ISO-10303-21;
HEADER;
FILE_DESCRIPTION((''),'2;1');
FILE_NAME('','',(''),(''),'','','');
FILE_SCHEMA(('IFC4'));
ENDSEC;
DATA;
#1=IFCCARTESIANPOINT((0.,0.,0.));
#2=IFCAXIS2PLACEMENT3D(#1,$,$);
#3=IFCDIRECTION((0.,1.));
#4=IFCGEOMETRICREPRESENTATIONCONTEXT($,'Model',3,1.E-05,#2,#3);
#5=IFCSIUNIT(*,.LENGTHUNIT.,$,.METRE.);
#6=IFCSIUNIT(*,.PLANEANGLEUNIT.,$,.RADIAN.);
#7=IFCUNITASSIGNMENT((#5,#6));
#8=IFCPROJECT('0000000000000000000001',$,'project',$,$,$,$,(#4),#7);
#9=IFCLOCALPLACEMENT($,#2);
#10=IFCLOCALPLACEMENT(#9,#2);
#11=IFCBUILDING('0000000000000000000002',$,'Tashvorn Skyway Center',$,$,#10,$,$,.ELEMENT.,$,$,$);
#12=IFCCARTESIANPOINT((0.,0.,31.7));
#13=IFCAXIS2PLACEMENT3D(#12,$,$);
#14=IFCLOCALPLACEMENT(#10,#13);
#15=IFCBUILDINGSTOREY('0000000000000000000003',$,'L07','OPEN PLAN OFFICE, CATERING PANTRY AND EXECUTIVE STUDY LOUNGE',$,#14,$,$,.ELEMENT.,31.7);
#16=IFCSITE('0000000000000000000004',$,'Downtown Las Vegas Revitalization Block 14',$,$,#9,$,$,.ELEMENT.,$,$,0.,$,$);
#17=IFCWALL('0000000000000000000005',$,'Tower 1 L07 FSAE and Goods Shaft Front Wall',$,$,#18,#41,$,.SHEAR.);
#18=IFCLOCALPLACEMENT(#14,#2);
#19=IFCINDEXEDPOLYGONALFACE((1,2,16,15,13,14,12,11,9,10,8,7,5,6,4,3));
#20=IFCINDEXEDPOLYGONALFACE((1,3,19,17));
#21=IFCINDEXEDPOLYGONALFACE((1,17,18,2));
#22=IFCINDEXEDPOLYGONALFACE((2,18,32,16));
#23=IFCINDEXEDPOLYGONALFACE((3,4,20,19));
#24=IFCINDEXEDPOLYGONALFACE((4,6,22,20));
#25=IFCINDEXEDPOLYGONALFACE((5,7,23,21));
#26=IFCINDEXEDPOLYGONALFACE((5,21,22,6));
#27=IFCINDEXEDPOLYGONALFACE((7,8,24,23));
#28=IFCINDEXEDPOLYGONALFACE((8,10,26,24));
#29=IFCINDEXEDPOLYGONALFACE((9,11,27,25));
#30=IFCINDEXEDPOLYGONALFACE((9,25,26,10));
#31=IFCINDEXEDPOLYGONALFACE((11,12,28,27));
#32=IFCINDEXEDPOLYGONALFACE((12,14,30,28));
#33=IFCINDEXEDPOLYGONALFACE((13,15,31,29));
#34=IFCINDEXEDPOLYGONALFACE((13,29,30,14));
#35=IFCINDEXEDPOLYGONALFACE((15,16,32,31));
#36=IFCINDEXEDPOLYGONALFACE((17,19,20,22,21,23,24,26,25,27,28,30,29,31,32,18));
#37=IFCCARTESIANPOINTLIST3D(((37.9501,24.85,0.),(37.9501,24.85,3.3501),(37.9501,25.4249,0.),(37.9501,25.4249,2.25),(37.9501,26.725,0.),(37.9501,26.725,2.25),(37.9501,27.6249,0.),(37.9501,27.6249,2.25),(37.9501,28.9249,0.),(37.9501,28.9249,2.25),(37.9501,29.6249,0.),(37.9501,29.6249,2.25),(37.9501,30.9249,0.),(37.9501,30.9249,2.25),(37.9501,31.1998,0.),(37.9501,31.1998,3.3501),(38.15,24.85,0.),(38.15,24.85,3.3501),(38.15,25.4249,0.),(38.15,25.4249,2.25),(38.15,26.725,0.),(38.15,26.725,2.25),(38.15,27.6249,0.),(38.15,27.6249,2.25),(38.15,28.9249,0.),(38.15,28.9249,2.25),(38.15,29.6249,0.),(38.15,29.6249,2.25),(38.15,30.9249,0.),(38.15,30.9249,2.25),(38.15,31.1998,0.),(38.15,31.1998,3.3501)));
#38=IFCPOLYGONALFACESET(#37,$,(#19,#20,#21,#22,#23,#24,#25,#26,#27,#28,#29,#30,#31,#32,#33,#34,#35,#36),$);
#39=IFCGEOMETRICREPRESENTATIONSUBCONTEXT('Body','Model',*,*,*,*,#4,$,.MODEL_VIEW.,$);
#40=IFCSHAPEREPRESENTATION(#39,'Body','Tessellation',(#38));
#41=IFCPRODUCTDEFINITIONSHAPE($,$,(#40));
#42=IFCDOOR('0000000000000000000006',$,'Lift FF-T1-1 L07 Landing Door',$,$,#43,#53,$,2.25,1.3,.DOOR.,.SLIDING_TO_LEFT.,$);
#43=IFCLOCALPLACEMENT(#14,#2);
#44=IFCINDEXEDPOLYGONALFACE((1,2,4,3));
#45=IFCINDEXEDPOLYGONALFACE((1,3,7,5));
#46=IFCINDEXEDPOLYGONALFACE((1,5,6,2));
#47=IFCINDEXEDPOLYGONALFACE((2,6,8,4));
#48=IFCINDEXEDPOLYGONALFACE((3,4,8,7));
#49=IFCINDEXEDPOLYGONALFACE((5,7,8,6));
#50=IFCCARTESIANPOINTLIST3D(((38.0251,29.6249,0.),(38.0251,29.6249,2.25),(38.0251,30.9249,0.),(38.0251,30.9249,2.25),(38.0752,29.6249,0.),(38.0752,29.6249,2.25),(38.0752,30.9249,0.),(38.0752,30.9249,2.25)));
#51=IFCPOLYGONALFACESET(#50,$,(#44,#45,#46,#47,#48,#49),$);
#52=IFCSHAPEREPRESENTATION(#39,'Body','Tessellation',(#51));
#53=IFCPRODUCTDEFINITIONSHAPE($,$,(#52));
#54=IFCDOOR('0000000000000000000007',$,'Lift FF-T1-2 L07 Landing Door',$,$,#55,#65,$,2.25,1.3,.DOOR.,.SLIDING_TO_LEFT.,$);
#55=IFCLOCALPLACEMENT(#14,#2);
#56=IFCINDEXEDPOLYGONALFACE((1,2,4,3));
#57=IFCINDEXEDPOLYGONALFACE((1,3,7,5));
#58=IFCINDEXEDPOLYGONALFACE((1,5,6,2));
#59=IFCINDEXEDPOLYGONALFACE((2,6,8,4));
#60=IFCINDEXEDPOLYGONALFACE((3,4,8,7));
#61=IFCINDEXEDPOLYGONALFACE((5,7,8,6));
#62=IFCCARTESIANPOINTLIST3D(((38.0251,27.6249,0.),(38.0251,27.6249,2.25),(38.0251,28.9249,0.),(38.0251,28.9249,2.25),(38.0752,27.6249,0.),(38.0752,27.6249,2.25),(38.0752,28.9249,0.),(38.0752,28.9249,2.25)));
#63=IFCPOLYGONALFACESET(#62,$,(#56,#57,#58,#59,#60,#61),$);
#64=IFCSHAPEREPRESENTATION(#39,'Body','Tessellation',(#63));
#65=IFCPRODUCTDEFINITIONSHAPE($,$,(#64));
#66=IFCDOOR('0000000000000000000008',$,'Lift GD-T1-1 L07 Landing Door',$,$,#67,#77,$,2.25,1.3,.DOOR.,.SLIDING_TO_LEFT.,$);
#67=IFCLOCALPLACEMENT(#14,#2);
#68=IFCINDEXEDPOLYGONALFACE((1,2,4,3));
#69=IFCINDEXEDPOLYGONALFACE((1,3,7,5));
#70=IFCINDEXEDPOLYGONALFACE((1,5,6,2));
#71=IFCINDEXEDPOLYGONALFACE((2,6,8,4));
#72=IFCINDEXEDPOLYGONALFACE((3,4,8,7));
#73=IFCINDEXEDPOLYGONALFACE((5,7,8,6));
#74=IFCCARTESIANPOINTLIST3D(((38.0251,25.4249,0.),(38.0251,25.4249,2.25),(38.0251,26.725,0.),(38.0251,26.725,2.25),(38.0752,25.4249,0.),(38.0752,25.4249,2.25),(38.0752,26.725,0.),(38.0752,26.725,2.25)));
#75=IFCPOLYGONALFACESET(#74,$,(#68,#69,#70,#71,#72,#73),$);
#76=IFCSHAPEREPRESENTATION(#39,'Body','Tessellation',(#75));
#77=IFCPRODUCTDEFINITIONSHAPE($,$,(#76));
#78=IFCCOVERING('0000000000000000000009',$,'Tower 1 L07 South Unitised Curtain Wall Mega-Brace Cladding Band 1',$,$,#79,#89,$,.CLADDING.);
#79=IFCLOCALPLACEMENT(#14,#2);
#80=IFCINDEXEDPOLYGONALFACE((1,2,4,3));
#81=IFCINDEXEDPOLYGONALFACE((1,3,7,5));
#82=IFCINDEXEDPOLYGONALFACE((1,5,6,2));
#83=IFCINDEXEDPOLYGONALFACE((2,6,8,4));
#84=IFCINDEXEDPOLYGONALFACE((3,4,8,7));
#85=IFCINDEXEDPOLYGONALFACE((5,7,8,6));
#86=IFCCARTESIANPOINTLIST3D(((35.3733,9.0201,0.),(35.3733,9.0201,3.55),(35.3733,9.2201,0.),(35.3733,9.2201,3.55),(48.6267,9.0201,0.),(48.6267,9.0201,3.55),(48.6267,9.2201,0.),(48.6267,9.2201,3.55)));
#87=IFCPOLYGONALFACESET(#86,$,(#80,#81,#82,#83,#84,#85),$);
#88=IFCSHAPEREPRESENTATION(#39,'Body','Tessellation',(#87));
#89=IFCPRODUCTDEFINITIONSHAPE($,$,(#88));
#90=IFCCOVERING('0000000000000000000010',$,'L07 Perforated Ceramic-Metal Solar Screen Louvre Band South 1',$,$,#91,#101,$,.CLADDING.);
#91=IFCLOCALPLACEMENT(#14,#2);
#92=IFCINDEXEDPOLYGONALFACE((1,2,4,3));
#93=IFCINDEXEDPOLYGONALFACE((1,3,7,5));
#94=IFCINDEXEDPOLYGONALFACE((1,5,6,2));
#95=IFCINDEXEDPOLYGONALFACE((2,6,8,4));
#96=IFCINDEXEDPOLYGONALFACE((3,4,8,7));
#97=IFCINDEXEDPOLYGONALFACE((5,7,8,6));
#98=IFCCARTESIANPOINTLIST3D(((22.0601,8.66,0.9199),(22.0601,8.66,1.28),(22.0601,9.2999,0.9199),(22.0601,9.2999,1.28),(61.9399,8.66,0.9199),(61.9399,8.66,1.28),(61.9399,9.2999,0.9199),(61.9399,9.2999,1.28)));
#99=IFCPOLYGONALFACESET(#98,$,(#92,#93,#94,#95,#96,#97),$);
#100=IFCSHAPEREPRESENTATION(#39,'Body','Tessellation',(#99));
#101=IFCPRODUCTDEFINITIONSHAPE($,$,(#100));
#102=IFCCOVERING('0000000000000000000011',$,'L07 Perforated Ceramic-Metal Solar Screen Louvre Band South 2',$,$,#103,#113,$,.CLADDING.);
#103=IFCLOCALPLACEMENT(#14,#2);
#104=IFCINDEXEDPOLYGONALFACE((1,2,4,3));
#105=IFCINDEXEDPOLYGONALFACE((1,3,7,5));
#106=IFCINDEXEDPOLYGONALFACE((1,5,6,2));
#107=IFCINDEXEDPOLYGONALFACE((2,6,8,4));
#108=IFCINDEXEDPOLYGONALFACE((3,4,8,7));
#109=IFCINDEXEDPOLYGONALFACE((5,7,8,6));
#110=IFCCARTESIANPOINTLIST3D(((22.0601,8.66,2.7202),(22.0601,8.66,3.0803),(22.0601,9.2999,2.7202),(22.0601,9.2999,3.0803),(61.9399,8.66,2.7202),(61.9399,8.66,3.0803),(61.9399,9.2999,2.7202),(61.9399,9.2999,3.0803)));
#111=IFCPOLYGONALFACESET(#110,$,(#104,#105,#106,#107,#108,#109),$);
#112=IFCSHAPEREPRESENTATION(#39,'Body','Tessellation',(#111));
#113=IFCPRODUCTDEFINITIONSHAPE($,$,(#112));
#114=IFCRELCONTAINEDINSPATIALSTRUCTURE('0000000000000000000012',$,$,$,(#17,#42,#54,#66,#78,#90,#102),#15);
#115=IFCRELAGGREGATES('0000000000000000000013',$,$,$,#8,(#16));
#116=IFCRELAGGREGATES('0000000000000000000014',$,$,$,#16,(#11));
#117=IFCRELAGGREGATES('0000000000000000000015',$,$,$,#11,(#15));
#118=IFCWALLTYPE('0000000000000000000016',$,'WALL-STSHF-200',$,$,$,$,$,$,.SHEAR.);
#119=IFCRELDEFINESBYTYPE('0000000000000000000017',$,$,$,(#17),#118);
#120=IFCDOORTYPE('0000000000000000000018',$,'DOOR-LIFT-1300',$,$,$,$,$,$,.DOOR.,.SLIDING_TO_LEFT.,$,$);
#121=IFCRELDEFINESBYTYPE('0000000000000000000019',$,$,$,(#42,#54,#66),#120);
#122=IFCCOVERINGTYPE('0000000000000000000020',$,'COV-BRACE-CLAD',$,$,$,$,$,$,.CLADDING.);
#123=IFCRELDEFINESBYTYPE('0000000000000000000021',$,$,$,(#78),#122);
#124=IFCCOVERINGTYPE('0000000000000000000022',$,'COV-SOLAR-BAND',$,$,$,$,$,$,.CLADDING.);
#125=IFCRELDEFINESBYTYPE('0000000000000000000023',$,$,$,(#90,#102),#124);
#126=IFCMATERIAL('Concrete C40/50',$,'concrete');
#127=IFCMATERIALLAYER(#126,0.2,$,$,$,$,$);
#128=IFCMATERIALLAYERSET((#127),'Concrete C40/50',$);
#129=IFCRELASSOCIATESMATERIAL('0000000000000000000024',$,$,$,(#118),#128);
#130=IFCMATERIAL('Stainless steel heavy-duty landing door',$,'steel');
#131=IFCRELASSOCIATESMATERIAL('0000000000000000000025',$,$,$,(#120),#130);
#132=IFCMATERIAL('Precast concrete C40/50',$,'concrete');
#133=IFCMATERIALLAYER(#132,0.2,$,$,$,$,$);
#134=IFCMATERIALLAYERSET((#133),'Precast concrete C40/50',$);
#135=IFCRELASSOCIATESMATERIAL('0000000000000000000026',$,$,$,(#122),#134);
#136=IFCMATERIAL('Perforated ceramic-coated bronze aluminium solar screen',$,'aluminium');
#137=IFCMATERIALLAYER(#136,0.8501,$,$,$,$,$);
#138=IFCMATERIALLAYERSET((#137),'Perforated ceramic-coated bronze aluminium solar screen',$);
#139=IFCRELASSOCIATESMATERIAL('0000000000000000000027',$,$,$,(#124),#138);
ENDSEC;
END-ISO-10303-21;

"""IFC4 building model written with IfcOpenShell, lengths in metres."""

from ifc_helpers import new_model, si_unit, direction, frame, frame_2d, origin, origin_2d, place, context, subcontext, project, spatial, rectangle, extrude, material, layer, layer_set, type_object, element, fill, save


model = new_model("IFC4")

# Units and contexts
model_context = context("Model", 3, precision=1e-05, world=origin(), true_north=direction((0.0, 1.0)))
body_context = subcontext(model_context, "Body", "Model", "MODEL_VIEW")
ifc_project = project(units=[si_unit("LENGTHUNIT", "METRE"), si_unit("PLANEANGLEUNIT", "RADIAN")], contexts=[model_context])

# Site, building, storey
site_placement = place(None, origin())
site = spatial("IfcSite", under=ifc_project, at=site_placement, Name="Downtown Las Vegas Revitalization Block 14", CompositionType="ELEMENT", RefElevation=0.0)
building_placement = place(site_placement, origin())
building = spatial("IfcBuilding", under=site, at=building_placement, Name="Tashvorn Skyway Center", CompositionType="ELEMENT")
storey_placement = place(building_placement, frame((0.0, 0.0, 31.7)))
storey = spatial("IfcBuildingStorey", under=building, at=storey_placement, Name="L07", Description="OPEN PLAN OFFICE, CATERING PANTRY AND EXECUTIVE STUDY LOUNGE", CompositionType="ELEMENT", Elevation=31.7)

# Shared definitions
ifc_material_1 = material(Name="Concrete C40/50", Category="concrete")
ifc_layer_1 = layer(ifc_material_1, 0.2)
ifc_layer_set_1 = layer_set([ifc_layer_1], Name="Concrete C40/50")
wall_type_1 = type_object("IfcWallType", Name="WALL-STSHF-200", PredefinedType="SHEAR", material=ifc_layer_set_1)

# Wall, openings, doors
wall_1_placement = place(storey_placement, frame((38.05, 24.8501, 0.0), z_axis=(0.0, 0.0, 1.0), x_axis=(0.0, 1.0, 0.0)))
wall_1 = element("IfcWall", 1, at=wall_1_placement, inside=storey, type_object=wall_type_1, Name="Tower 1 L07 FSAE and Goods Shaft Front Wall", PredefinedType="SHEAR", context=body_context, shape_type="SweptSolid", body=[
    extrude(rectangle(XDim=6.3499, YDim=0.2, at=frame_2d((3.1748, 0.0))), origin(), (0.0, 0.0, 1.0), 3.3501),
])
opening_1_placement = place(wall_1_placement, frame((4.7749, 0.0, 0.0)))
opening_1 = element("IfcOpeningElement", 2, at=opening_1_placement, cuts=wall_1, PredefinedType="OPENING", context=body_context, shape_type="SweptSolid", body=[
    extrude(rectangle(XDim=1.3, YDim=2.25, at=frame_2d((0.6499, 1.125))), frame((0.0, 0.1099, 0.0), z_axis=(0.0, -1.0, 0.0), x_axis=(1.0, 0.0, 0.0)), (0.0, 0.0, 1.0), 0.22),
])
opening_2_placement = place(wall_1_placement, frame((2.7749, 0.0, 0.0)))
opening_2 = element("IfcOpeningElement", 3, at=opening_2_placement, cuts=wall_1, PredefinedType="OPENING", context=body_context, shape_type="SweptSolid", body=[
    extrude(rectangle(XDim=1.3, YDim=2.25, at=frame_2d((0.6499, 1.125))), frame((0.0, 0.1099, 0.0), z_axis=(0.0, -1.0, 0.0), x_axis=(1.0, 0.0, 0.0)), (0.0, 0.0, 1.0), 0.22),
])
opening_3_placement = place(wall_1_placement, frame((0.575, 0.0, 0.0)))
opening_3 = element("IfcOpeningElement", 4, at=opening_3_placement, cuts=wall_1, PredefinedType="OPENING", context=body_context, shape_type="SweptSolid", body=[
    extrude(rectangle(XDim=1.3, YDim=2.25, at=frame_2d((0.6499, 1.125))), frame((0.0, 0.1099, 0.0), z_axis=(0.0, -1.0, 0.0), x_axis=(1.0, 0.0, 0.0)), (0.0, 0.0, 1.0), 0.22),
])
ifc_material_2 = material(Name="Stainless steel heavy-duty landing door", Category="steel")
door_type = type_object("IfcDoorType", Name="DOOR-LIFT-1300", OperationType="SLIDING_TO_LEFT", PredefinedType="DOOR", material=ifc_material_2)
door_1_placement = place(opening_1_placement, origin())
door_1 = element("IfcDoor", 5, at=door_1_placement, inside=storey, type_object=door_type, Name="Lift FF-T1-1 L07 Landing Door", OperationType="SLIDING_TO_LEFT", OverallHeight=2.25, OverallWidth=1.3, PredefinedType="DOOR", context=body_context, shape_type="SweptSolid", body=[
    extrude(rectangle(XDim=1.3, YDim=2.25, at=frame_2d((0.6499, 1.125))), frame((0.0, 0.0249, 0.0), z_axis=(0.0, -1.0, 0.0), x_axis=(1.0, 0.0, 0.0)), (0.0, 0.0, 1.0), 0.05),
])
fill(opening_1, door_1)
door_2_placement = place(opening_2_placement, origin())
door_2 = element("IfcDoor", 6, at=door_2_placement, inside=storey, type_object=door_type, Name="Lift FF-T1-2 L07 Landing Door", OperationType="SLIDING_TO_LEFT", OverallHeight=2.25, OverallWidth=1.3, PredefinedType="DOOR", context=body_context, shape_type="SweptSolid", body=[
    extrude(rectangle(XDim=1.3, YDim=2.25, at=frame_2d((0.6499, 1.125))), frame((0.0, 0.0249, 0.0), z_axis=(0.0, -1.0, 0.0), x_axis=(1.0, 0.0, 0.0)), (0.0, 0.0, 1.0), 0.05),
])
fill(opening_2, door_2)
door_3_placement = place(opening_3_placement, origin())
door_3 = element("IfcDoor", 7, at=door_3_placement, inside=storey, type_object=door_type, Name="Lift GD-T1-1 L07 Landing Door", OperationType="SLIDING_TO_LEFT", OverallHeight=2.25, OverallWidth=1.3, PredefinedType="DOOR", context=body_context, shape_type="SweptSolid", body=[
    extrude(rectangle(XDim=1.3, YDim=2.25, at=frame_2d((0.6499, 1.125))), frame((0.0, 0.0249, 0.0), z_axis=(0.0, -1.0, 0.0), x_axis=(1.0, 0.0, 0.0)), (0.0, 0.0, 1.0), 0.05),
])
fill(opening_3, door_3)

# Coverings
ifc_material_3 = material(Name="Precast concrete C40/50", Category="concrete")
ifc_layer_2 = layer(ifc_material_3, 0.2)
ifc_layer_set_2 = layer_set([ifc_layer_2], Name="Precast concrete C40/50")
covering_type_1 = type_object("IfcCoveringType", Name="COV-BRACE-CLAD", PredefinedType="CLADDING", material=ifc_layer_set_2)
covering_placement = place(storey_placement, frame((42.0, 9.1201, 0.0), z_axis=(0.0, 0.0, 1.0), x_axis=(-1.0, 0.0, 0.0)))
element("IfcCovering", 8, at=covering_placement, inside=storey, type_object=covering_type_1, Name="Tower 1 L07 South Unitised Curtain Wall Mega-Brace Cladding Band 1", PredefinedType="CLADDING", context=body_context, shape_type="SweptSolid", body=[
    extrude(rectangle(XDim=13.2534, YDim=0.2, at=origin_2d()), origin(), (0.0, 0.0, 1.0), 3.55),
])
ifc_material_4 = material(Name="Perforated ceramic-coated bronze aluminium solar screen", Category="aluminium")
ifc_layer_3 = layer(ifc_material_4, 0.8501)
ifc_layer_set_3 = layer_set([ifc_layer_3], Name="Perforated ceramic-coated bronze aluminium solar screen")
covering_type_2 = type_object("IfcCoveringType", Name="COV-SOLAR-BAND", PredefinedType="CLADDING", material=ifc_layer_set_3)
for number, where, z_axis, x_axis, name in (
    (9, (42.0, 8.98, 0.9199), (0.0, 0.0, 1.0), (-1.0, 0.0, 0.0), "L07 Perforated Ceramic-Metal Solar Screen Louvre Band South 1"),
    (10, (42.0, 8.98, 2.7202), (0.0, 0.0, 1.0), (-1.0, 0.0, 0.0), "L07 Perforated Ceramic-Metal Solar Screen Louvre Band South 2"),
):
    element("IfcCovering", number, at=place(storey_placement, frame(where, z_axis=z_axis, x_axis=x_axis)), inside=storey, type_object=covering_type_2, Name=name, PredefinedType="CLADDING", context=body_context, shape_type="SweptSolid", body=[
        extrude(rectangle(XDim=39.8799, YDim=0.6399, at=origin_2d()), origin(), (0.0, 0.0, 1.0), 0.3601),
    ])

save(model, "model.ifc")
